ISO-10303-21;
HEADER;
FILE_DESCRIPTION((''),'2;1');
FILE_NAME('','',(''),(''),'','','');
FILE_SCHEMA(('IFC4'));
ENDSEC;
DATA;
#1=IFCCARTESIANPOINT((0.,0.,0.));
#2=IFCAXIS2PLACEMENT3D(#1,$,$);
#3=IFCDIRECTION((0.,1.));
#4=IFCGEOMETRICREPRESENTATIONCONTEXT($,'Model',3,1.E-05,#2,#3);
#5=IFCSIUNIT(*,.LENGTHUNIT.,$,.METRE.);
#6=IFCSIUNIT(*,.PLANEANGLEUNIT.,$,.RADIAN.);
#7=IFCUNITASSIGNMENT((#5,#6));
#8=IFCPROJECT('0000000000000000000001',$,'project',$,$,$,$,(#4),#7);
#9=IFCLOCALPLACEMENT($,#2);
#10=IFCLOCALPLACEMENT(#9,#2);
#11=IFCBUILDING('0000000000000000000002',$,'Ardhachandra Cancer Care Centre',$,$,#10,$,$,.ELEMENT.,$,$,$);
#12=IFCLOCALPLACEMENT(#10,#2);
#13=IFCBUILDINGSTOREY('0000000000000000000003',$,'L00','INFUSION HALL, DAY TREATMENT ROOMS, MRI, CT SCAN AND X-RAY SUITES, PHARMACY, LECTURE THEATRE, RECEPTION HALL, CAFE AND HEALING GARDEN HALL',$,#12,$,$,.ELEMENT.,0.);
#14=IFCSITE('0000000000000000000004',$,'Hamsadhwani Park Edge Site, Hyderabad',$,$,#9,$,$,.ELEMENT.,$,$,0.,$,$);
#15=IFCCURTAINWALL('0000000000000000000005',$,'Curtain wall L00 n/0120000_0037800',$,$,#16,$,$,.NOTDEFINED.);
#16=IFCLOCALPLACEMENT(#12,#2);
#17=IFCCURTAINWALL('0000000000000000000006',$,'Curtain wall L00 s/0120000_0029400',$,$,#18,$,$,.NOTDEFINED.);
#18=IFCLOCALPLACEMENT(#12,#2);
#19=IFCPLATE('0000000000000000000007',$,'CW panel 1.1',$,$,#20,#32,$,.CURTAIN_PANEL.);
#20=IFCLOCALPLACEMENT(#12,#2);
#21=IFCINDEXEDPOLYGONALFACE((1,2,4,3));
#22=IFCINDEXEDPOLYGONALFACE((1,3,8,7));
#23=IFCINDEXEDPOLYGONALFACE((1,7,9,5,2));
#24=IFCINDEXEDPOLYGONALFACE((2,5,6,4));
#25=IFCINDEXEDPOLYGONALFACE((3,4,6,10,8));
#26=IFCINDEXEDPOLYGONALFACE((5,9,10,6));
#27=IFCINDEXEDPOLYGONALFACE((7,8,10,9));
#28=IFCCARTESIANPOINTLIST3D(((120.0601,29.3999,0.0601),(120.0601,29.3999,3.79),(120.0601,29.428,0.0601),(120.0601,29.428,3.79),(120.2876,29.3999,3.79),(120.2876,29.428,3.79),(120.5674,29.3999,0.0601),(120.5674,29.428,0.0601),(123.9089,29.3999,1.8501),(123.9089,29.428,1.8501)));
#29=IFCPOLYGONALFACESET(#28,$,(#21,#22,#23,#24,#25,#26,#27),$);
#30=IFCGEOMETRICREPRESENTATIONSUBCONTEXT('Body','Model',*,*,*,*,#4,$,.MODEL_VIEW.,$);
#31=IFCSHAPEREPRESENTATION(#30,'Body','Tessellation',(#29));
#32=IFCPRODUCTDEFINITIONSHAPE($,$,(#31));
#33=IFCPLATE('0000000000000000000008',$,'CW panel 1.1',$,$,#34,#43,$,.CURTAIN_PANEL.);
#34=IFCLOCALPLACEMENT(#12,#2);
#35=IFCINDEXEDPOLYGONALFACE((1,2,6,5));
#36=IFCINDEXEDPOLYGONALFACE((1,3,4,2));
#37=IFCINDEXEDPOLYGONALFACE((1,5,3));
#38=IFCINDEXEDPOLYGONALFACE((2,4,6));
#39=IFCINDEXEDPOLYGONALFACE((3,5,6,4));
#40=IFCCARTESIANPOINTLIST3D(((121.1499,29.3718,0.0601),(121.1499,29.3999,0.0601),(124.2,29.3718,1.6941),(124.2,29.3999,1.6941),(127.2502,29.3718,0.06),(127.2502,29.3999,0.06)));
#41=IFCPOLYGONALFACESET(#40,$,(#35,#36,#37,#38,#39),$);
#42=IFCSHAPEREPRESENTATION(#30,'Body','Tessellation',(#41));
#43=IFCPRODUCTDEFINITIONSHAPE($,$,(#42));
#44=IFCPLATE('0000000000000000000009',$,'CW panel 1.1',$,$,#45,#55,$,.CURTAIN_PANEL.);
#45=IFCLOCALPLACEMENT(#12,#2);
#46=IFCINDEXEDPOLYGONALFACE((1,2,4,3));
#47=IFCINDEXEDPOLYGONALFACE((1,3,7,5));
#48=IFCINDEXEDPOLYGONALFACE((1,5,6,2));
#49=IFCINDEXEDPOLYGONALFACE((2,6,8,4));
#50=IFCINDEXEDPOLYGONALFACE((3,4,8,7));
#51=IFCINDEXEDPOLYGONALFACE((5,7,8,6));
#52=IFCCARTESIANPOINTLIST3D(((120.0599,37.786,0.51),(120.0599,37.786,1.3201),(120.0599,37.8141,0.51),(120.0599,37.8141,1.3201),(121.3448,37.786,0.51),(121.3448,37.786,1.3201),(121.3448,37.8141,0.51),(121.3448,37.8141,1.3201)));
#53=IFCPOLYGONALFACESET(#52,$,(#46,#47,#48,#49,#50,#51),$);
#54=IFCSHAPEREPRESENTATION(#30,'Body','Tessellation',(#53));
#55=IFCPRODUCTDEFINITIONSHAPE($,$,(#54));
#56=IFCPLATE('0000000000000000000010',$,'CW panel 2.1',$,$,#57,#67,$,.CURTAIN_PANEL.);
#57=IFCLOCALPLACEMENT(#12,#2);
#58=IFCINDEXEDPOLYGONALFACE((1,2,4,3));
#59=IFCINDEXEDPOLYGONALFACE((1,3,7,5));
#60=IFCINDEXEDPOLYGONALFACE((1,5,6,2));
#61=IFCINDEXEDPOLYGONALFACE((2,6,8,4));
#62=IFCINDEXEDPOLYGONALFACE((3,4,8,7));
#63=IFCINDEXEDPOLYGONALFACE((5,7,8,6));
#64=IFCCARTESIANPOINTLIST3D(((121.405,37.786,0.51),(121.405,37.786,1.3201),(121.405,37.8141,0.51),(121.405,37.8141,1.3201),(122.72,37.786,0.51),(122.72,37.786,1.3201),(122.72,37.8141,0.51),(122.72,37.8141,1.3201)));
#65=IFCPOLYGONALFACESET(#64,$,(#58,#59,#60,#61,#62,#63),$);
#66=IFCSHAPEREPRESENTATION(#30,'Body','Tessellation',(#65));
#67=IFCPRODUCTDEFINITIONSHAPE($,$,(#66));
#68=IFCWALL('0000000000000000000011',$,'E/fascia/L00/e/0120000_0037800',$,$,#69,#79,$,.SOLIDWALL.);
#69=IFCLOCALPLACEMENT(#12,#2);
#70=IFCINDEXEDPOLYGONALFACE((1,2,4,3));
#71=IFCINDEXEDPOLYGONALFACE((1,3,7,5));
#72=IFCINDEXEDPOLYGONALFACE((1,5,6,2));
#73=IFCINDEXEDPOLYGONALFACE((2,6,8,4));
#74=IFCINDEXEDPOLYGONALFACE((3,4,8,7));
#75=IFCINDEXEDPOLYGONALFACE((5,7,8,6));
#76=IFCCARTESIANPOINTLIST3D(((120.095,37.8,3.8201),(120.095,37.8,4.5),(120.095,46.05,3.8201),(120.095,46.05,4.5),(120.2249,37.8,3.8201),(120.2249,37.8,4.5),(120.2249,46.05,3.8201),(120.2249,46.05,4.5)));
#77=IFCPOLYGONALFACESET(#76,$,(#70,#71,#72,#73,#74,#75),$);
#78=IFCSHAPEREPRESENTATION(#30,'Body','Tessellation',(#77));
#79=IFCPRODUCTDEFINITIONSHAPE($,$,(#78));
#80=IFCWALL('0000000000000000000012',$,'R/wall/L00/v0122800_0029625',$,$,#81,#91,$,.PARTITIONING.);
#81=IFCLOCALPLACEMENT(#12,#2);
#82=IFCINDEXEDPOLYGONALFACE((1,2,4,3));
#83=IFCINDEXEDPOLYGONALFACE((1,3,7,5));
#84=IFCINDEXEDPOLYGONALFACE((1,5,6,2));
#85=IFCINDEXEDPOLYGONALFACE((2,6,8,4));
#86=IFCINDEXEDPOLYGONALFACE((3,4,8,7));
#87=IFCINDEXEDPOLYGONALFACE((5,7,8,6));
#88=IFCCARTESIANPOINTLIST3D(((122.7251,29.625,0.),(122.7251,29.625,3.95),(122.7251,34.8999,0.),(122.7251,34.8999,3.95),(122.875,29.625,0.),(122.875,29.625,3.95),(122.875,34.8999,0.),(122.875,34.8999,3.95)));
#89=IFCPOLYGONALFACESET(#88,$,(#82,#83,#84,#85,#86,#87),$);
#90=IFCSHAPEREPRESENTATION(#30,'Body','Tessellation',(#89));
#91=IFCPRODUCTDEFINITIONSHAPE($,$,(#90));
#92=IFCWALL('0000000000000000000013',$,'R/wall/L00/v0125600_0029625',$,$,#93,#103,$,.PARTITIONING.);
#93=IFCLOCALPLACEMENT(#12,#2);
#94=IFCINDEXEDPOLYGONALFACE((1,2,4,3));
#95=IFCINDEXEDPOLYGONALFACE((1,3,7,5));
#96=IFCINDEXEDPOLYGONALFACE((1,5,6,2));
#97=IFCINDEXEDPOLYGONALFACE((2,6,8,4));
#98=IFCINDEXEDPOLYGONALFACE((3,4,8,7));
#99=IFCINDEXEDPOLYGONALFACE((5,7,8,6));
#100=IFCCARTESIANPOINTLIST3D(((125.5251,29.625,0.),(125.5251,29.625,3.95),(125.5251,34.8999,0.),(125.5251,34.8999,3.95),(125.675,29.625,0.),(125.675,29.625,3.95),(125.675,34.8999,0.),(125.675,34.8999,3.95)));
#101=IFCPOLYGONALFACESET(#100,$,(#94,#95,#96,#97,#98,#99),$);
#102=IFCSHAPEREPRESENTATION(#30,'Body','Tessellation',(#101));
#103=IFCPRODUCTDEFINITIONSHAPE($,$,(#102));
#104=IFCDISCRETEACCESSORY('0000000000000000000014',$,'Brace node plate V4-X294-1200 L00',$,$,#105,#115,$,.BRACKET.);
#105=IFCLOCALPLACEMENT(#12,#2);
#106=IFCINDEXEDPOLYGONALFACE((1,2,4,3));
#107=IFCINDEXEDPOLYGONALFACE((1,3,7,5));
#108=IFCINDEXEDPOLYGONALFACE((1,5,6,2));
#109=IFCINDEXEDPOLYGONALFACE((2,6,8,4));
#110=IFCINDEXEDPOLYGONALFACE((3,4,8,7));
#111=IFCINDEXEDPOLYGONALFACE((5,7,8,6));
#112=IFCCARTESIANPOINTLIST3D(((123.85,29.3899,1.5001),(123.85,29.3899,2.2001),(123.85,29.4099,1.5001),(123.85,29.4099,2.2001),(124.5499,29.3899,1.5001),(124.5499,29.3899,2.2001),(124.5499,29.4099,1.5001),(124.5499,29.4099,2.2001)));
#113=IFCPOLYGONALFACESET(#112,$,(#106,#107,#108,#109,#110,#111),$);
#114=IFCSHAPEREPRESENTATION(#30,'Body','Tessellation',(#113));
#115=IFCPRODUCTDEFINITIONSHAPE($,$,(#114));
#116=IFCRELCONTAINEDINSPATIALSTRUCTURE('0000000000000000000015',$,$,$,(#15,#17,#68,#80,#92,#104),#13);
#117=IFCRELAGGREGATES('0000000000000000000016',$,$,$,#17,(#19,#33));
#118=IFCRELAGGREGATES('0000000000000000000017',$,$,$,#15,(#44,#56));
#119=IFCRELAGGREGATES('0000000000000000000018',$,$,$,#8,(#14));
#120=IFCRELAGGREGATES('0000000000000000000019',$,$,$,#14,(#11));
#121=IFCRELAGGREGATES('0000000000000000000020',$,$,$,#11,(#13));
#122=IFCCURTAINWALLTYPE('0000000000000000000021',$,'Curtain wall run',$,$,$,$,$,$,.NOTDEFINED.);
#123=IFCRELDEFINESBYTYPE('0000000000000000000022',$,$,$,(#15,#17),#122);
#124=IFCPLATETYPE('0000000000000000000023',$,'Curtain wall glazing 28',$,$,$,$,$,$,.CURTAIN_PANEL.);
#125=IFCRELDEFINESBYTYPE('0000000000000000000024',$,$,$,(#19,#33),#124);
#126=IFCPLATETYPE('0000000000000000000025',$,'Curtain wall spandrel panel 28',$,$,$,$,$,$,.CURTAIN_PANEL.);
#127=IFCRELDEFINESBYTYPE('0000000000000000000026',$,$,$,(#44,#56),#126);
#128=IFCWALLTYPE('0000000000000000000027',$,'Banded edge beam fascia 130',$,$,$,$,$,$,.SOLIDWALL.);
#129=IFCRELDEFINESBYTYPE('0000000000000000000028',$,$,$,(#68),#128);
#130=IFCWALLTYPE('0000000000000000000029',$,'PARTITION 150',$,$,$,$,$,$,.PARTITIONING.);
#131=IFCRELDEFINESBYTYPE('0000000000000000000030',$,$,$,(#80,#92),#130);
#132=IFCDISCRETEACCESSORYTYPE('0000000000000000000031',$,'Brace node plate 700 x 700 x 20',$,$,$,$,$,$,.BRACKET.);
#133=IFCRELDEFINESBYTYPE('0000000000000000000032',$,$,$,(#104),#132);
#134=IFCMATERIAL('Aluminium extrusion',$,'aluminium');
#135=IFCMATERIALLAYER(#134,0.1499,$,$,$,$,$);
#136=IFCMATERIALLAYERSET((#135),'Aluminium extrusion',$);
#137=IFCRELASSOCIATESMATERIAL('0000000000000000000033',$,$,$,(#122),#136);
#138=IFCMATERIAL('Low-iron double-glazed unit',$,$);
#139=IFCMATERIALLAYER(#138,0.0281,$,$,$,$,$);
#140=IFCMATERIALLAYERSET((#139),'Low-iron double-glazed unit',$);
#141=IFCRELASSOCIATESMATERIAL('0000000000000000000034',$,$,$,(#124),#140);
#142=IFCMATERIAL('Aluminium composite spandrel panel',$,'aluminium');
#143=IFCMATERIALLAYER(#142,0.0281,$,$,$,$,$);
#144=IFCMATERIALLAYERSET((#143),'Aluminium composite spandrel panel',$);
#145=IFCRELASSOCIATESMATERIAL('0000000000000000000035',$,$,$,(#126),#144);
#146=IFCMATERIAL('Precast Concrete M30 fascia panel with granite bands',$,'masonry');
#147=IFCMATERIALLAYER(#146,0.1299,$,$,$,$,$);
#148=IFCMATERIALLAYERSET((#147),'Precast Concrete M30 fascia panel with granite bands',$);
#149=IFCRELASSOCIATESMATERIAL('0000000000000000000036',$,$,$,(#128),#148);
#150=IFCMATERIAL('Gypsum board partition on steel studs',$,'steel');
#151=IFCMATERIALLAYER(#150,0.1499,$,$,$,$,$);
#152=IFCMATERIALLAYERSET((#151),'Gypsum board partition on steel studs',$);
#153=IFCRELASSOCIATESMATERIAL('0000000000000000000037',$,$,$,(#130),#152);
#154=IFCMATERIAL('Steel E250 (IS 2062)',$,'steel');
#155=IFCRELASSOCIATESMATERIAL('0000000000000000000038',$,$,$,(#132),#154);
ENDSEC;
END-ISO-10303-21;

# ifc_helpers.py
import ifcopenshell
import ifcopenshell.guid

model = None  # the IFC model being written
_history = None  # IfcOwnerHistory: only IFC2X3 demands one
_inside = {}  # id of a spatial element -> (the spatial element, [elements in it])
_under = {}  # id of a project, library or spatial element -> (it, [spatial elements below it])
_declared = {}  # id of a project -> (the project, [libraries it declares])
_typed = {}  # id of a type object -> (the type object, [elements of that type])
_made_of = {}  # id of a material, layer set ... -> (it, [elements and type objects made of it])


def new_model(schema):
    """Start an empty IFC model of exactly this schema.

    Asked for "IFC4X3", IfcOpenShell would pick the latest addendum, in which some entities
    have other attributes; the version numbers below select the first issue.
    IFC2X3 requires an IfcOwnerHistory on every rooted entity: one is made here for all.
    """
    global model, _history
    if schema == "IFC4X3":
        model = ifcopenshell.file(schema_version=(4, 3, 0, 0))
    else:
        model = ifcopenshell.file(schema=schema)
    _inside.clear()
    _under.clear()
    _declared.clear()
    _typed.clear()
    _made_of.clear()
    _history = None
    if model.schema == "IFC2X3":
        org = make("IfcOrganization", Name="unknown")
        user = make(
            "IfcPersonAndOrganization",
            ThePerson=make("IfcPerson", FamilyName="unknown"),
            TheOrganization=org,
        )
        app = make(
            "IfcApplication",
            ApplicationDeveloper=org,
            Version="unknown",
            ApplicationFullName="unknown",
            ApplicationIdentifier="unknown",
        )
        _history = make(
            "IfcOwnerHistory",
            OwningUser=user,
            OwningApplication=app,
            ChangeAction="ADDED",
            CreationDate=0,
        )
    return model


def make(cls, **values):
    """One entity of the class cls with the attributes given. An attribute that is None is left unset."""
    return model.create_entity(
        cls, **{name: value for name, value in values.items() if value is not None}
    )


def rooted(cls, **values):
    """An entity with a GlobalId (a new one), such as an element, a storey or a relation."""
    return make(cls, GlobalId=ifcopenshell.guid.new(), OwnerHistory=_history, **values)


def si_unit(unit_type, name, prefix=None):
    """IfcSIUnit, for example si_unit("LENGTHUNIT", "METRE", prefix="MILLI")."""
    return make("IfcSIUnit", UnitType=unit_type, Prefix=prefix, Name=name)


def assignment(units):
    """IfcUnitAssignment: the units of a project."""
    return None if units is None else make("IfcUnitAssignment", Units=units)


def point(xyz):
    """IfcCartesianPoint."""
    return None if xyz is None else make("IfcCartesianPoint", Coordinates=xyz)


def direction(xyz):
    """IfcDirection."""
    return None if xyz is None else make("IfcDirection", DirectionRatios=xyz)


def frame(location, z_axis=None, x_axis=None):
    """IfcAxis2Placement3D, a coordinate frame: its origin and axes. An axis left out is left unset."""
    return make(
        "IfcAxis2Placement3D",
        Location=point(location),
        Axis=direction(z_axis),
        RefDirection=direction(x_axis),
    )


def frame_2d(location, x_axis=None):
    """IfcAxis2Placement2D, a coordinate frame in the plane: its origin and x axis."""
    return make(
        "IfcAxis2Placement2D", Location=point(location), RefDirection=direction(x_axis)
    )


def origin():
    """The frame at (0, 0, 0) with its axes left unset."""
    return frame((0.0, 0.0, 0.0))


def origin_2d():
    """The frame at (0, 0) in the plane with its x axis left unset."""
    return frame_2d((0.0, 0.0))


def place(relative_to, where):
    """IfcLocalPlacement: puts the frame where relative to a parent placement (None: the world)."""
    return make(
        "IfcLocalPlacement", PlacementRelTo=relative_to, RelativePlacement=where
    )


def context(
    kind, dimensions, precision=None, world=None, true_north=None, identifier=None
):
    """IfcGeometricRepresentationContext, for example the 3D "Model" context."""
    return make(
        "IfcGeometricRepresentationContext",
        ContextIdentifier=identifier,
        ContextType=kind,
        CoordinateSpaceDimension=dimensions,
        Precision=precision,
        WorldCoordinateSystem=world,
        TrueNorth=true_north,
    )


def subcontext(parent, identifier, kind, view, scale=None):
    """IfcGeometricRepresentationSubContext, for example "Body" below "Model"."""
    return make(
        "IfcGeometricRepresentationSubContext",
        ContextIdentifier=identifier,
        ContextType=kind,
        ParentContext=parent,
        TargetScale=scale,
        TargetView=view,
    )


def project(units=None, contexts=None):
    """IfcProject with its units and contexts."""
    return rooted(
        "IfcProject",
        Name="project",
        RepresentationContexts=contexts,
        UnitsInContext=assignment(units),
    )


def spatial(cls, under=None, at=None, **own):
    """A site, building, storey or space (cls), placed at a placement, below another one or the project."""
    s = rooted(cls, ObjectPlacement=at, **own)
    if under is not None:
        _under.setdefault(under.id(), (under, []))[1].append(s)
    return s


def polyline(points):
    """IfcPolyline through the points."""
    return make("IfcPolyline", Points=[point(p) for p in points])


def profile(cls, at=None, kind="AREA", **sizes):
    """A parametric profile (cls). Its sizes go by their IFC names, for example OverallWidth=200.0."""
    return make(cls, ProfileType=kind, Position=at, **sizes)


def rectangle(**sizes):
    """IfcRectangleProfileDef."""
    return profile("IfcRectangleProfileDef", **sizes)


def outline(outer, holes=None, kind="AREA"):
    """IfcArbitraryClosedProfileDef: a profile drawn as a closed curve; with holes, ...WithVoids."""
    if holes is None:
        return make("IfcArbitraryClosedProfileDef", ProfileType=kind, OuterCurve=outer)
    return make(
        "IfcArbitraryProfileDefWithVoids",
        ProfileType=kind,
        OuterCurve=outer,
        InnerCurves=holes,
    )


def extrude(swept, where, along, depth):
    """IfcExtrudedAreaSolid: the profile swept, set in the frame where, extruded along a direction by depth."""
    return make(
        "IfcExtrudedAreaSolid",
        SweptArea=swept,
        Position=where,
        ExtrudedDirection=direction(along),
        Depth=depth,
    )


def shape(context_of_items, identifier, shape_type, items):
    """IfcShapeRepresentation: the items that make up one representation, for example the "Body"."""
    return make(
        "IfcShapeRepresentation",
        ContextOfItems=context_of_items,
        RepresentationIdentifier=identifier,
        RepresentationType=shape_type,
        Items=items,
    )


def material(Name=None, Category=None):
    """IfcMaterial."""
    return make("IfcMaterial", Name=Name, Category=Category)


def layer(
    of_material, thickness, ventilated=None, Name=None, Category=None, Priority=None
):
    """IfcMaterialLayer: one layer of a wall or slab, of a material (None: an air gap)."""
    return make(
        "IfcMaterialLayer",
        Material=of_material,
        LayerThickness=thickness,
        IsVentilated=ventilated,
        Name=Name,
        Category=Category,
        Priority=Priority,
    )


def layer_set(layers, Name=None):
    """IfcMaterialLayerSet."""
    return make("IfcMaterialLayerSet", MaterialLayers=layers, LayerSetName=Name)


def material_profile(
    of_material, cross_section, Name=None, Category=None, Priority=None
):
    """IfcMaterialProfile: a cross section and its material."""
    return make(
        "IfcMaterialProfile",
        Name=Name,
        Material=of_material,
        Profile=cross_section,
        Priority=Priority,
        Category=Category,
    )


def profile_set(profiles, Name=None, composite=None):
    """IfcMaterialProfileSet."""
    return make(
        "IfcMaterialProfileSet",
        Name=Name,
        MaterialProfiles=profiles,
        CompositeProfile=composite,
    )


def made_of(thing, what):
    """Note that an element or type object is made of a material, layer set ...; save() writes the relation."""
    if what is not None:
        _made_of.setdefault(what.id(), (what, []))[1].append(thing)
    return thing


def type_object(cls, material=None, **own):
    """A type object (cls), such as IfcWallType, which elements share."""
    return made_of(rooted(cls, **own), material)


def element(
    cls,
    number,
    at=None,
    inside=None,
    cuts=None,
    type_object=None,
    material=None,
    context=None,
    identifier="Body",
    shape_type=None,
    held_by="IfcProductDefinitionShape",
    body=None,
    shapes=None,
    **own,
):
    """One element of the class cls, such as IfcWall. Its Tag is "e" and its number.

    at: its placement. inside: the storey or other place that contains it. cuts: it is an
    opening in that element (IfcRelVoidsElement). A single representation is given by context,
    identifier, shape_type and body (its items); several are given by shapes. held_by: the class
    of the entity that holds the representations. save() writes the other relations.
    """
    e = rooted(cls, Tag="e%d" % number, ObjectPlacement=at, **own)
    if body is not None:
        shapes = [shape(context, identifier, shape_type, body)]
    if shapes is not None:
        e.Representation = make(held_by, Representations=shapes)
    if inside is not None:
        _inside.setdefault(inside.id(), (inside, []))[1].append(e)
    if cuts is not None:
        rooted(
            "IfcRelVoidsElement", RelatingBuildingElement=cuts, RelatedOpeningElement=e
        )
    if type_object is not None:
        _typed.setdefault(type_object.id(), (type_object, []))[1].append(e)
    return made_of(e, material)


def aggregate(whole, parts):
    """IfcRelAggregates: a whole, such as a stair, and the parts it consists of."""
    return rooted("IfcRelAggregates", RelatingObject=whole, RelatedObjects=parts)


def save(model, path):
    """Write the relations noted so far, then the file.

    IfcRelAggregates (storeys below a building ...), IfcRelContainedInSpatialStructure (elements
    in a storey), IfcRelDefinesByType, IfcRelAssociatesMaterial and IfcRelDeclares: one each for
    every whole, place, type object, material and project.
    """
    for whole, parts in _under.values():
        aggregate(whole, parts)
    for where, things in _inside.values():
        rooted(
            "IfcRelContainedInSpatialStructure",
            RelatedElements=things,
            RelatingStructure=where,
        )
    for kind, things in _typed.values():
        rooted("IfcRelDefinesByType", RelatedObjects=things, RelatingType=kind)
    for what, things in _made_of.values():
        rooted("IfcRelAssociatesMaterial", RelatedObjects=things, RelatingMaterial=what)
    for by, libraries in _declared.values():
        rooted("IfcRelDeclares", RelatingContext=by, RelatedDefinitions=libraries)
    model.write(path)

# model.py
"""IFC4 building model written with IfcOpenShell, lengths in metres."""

from ifc_helpers import new_model, si_unit, direction, frame, frame_2d, origin, origin_2d, place, context, subcontext, project, spatial, polyline, rectangle, outline, extrude, material, layer, layer_set, material_profile, profile_set, type_object, element, aggregate, save


model = new_model("IFC4")

# Units and contexts
model_context = context("Model", 3, precision=1e-05, world=origin(), true_north=direction((0.0, 1.0)))
body_context = subcontext(model_context, "Body", "Model", "MODEL_VIEW")
ifc_project = project(units=[si_unit("LENGTHUNIT", "METRE"), si_unit("PLANEANGLEUNIT", "RADIAN")], contexts=[model_context])

# Site, building, storey
site_placement = place(None, origin())
site = spatial("IfcSite", under=ifc_project, at=site_placement, Name="Hamsadhwani Park Edge Site, Hyderabad", CompositionType="ELEMENT", RefElevation=0.0)
building_placement = place(site_placement, origin())
building = spatial("IfcBuilding", under=site, at=building_placement, Name="Ardhachandra Cancer Care Centre", CompositionType="ELEMENT")
storey_placement = place(building_placement, origin())
storey = spatial("IfcBuildingStorey", under=building, at=storey_placement, Name="L00", Description="INFUSION HALL, DAY TREATMENT ROOMS, MRI, CT SCAN AND X-RAY SUITES, PHARMACY, LECTURE THEATRE, RECEPTION HALL, CAFE AND HEALING GARDEN HALL", CompositionType="ELEMENT", Elevation=0.0)

# Curtain wall
ifc_material_1 = material(Name="Aluminium extrusion", Category="aluminium")
ifc_layer_1 = layer(ifc_material_1, 0.1499)
ifc_layer_set_1 = layer_set([ifc_layer_1], Name="Aluminium extrusion")
curtain_wall_type = type_object("IfcCurtainWallType", Name="Curtain wall run", PredefinedType="NOTDEFINED", material=ifc_layer_set_1)
curtain_wall_1_placement = place(storey_placement, origin())
curtain_wall_1 = element("IfcCurtainWall", 1, at=curtain_wall_1_placement, inside=storey, type_object=curtain_wall_type, Name="Curtain wall L00 n/0120000_0037800", PredefinedType="NOTDEFINED")

# Curtain wall
curtain_wall_2_placement = place(storey_placement, origin())
curtain_wall_2 = element("IfcCurtainWall", 2, at=curtain_wall_2_placement, inside=storey, type_object=curtain_wall_type, Name="Curtain wall L00 s/0120000_0029400", PredefinedType="NOTDEFINED")

# Plates
ifc_material_2 = material(Name="Low-iron double-glazed unit")
ifc_layer_2 = layer(ifc_material_2, 0.0281)
ifc_layer_set_2 = layer_set([ifc_layer_2], Name="Low-iron double-glazed unit")
plate_type_1 = type_object("IfcPlateType", Name="Curtain wall glazing 28", PredefinedType="CURTAIN_PANEL", material=ifc_layer_set_2)
plate_1_placement = place(storey_placement, frame((120.0601, 29.3999, 0.0601), z_axis=(0.0, 1.0, 0.0), x_axis=(0.0, 0.0, 1.0)))
plate_1 = element("IfcPlate", 3, at=plate_1_placement, type_object=plate_type_1, Name="CW panel 1.1", PredefinedType="CURTAIN_PANEL", context=body_context, shape_type="SweptSolid", body=[
    extrude(outline(polyline([(0.0, 0.0), (3.73, 0.0), (3.73, 0.2275), (1.79, 3.8489), (0.0, 0.5073), (0.0, 0.0)])), origin(), (0.0, 0.0, 1.0), 0.0281),
])
plate_2_placement = place(storey_placement, frame((121.1499, 29.3999, 0.0601), z_axis=(0.0, 1.0, 0.0), x_axis=(0.881471, 0.0, 0.472239)))
plate_2 = element("IfcPlate", 4, at=plate_2_placement, type_object=plate_type_1, Name="CW panel 1.1", PredefinedType="CURTAIN_PANEL", context=body_context, shape_type="SweptSolid", body=[
    extrude(outline(polyline([(0.0, 0.0), (3.4602, 0.0), (5.3772, 2.8809), (0.0, 0.0)])), frame((0.0, 0.0, -0.0281)), (0.0, 0.0, 1.0), 0.0281),
])
aggregate(curtain_wall_2, [plate_1, plate_2])
ifc_material_3 = material(Name="Aluminium composite spandrel panel", Category="aluminium")
ifc_layer_3 = layer(ifc_material_3, 0.0281)
ifc_layer_set_3 = layer_set([ifc_layer_3], Name="Aluminium composite spandrel panel")
plate_type_2 = type_object("IfcPlateType", Name="Curtain wall spandrel panel 28", PredefinedType="CURTAIN_PANEL", material=ifc_layer_set_3)
plate_3_placement = place(storey_placement, frame((120.7024, 37.8, 0.51), z_axis=(0.0, 0.0, 1.0), x_axis=(1.0, 0.0, 0.0)))
plate_3 = element("IfcPlate", 5, at=plate_3_placement, type_object=plate_type_2, Name="CW panel 1.1", PredefinedType="CURTAIN_PANEL", context=body_context, shape_type="SweptSolid", body=[
    extrude(rectangle(XDim=1.2849, YDim=0.0281, at=origin_2d()), origin(), (0.0, 0.0, 1.0), 0.8101),
])
plate_4_placement = place(storey_placement, frame((122.0625, 37.8, 0.51), z_axis=(0.0, 0.0, 1.0), x_axis=(1.0, 0.0, 0.0)))
plate_4 = element("IfcPlate", 6, at=plate_4_placement, type_object=plate_type_2, Name="CW panel 2.1", PredefinedType="CURTAIN_PANEL", context=body_context, shape_type="SweptSolid", body=[
    extrude(rectangle(XDim=1.3149, YDim=0.0281, at=origin_2d()), origin(), (0.0, 0.0, 1.0), 0.8101),
])
aggregate(curtain_wall_1, [plate_3, plate_4])

# Walls
ifc_material_4 = material(Name="Precast Concrete M30 fascia panel with granite bands", Category="masonry")
ifc_layer_4 = layer(ifc_material_4, 0.1299)
ifc_layer_set_4 = layer_set([ifc_layer_4], Name="Precast Concrete M30 fascia panel with granite bands")
wall_type_1 = type_object("IfcWallType", Name="Banded edge beam fascia 130", PredefinedType="SOLIDWALL", material=ifc_layer_set_4)
wall_placement = place(storey_placement, frame((120.1599, 37.8, 3.8201), z_axis=(0.0, 0.0, 1.0), x_axis=(0.0, 1.0, 0.0)))
element("IfcWall", 7, at=wall_placement, inside=storey, type_object=wall_type_1, Name="E/fascia/L00/e/0120000_0037800", PredefinedType="SOLIDWALL", context=body_context, shape_type="SweptSolid", body=[
    extrude(rectangle(XDim=8.25, YDim=0.1299, at=frame_2d((4.125, 0.0))), origin(), (0.0, 0.0, 1.0), 0.6799),
])
ifc_material_5 = material(Name="Gypsum board partition on steel studs", Category="steel")
ifc_layer_5 = layer(ifc_material_5, 0.1499)
ifc_layer_set_5 = layer_set([ifc_layer_5], Name="Gypsum board partition on steel studs")
wall_type_2 = type_object("IfcWallType", Name="PARTITION 150", PredefinedType="PARTITIONING", material=ifc_layer_set_5)
for number, where, z_axis, x_axis, name in (
    (8, (122.8, 29.625, 0.0), (0.0, 0.0, 1.0), (0.0, 1.0, 0.0), "R/wall/L00/v0122800_0029625"),
    (9, (125.6001, 29.625, 0.0), (0.0, 0.0, 1.0), (0.0, 1.0, 0.0), "R/wall/L00/v0125600_0029625"),
):
    element("IfcWall", number, at=place(storey_placement, frame(where, z_axis=z_axis, x_axis=x_axis)), inside=storey, type_object=wall_type_2, Name=name, PredefinedType="PARTITIONING", context=body_context, shape_type="SweptSolid", body=[
        extrude(rectangle(XDim=5.2749, YDim=0.1499, at=frame_2d((2.6375, 0.0))), origin(), (0.0, 0.0, 1.0), 3.95),
    ])

# Discrete accessory
ifc_material_6 = material(Name="Steel E250 (IS 2062)", Category="steel")
ifc_material_profile_1 = material_profile(ifc_material_6, rectangle(XDim=0.7, YDim=0.7, at=origin_2d()), Name="PL 700x700x20")
ifc_profile_set_1 = profile_set([ifc_material_profile_1], Name="Steel E250 (IS 2062)")
discrete_accessory_type = type_object("IfcDiscreteAccessoryType", Name="Brace node plate 700 x 700 x 20", PredefinedType="BRACKET", material=ifc_profile_set_1)
discrete_accessory_placement = place(storey_placement, frame((124.2, 29.3899, 1.8501), z_axis=(0.0, 1.0, 0.0), x_axis=(-1.0, 0.0, 0.0)))
element("IfcDiscreteAccessory", 10, at=discrete_accessory_placement, inside=storey, type_object=discrete_accessory_type, Name="Brace node plate V4-X294-1200 L00", PredefinedType="BRACKET", context=body_context, shape_type="SweptSolid", body=[
    extrude(rectangle(XDim=0.7, YDim=0.7, at=origin_2d()), origin(), (0.0, 0.0, 1.0), 0.02),
])

save(model, "model.ifc")
